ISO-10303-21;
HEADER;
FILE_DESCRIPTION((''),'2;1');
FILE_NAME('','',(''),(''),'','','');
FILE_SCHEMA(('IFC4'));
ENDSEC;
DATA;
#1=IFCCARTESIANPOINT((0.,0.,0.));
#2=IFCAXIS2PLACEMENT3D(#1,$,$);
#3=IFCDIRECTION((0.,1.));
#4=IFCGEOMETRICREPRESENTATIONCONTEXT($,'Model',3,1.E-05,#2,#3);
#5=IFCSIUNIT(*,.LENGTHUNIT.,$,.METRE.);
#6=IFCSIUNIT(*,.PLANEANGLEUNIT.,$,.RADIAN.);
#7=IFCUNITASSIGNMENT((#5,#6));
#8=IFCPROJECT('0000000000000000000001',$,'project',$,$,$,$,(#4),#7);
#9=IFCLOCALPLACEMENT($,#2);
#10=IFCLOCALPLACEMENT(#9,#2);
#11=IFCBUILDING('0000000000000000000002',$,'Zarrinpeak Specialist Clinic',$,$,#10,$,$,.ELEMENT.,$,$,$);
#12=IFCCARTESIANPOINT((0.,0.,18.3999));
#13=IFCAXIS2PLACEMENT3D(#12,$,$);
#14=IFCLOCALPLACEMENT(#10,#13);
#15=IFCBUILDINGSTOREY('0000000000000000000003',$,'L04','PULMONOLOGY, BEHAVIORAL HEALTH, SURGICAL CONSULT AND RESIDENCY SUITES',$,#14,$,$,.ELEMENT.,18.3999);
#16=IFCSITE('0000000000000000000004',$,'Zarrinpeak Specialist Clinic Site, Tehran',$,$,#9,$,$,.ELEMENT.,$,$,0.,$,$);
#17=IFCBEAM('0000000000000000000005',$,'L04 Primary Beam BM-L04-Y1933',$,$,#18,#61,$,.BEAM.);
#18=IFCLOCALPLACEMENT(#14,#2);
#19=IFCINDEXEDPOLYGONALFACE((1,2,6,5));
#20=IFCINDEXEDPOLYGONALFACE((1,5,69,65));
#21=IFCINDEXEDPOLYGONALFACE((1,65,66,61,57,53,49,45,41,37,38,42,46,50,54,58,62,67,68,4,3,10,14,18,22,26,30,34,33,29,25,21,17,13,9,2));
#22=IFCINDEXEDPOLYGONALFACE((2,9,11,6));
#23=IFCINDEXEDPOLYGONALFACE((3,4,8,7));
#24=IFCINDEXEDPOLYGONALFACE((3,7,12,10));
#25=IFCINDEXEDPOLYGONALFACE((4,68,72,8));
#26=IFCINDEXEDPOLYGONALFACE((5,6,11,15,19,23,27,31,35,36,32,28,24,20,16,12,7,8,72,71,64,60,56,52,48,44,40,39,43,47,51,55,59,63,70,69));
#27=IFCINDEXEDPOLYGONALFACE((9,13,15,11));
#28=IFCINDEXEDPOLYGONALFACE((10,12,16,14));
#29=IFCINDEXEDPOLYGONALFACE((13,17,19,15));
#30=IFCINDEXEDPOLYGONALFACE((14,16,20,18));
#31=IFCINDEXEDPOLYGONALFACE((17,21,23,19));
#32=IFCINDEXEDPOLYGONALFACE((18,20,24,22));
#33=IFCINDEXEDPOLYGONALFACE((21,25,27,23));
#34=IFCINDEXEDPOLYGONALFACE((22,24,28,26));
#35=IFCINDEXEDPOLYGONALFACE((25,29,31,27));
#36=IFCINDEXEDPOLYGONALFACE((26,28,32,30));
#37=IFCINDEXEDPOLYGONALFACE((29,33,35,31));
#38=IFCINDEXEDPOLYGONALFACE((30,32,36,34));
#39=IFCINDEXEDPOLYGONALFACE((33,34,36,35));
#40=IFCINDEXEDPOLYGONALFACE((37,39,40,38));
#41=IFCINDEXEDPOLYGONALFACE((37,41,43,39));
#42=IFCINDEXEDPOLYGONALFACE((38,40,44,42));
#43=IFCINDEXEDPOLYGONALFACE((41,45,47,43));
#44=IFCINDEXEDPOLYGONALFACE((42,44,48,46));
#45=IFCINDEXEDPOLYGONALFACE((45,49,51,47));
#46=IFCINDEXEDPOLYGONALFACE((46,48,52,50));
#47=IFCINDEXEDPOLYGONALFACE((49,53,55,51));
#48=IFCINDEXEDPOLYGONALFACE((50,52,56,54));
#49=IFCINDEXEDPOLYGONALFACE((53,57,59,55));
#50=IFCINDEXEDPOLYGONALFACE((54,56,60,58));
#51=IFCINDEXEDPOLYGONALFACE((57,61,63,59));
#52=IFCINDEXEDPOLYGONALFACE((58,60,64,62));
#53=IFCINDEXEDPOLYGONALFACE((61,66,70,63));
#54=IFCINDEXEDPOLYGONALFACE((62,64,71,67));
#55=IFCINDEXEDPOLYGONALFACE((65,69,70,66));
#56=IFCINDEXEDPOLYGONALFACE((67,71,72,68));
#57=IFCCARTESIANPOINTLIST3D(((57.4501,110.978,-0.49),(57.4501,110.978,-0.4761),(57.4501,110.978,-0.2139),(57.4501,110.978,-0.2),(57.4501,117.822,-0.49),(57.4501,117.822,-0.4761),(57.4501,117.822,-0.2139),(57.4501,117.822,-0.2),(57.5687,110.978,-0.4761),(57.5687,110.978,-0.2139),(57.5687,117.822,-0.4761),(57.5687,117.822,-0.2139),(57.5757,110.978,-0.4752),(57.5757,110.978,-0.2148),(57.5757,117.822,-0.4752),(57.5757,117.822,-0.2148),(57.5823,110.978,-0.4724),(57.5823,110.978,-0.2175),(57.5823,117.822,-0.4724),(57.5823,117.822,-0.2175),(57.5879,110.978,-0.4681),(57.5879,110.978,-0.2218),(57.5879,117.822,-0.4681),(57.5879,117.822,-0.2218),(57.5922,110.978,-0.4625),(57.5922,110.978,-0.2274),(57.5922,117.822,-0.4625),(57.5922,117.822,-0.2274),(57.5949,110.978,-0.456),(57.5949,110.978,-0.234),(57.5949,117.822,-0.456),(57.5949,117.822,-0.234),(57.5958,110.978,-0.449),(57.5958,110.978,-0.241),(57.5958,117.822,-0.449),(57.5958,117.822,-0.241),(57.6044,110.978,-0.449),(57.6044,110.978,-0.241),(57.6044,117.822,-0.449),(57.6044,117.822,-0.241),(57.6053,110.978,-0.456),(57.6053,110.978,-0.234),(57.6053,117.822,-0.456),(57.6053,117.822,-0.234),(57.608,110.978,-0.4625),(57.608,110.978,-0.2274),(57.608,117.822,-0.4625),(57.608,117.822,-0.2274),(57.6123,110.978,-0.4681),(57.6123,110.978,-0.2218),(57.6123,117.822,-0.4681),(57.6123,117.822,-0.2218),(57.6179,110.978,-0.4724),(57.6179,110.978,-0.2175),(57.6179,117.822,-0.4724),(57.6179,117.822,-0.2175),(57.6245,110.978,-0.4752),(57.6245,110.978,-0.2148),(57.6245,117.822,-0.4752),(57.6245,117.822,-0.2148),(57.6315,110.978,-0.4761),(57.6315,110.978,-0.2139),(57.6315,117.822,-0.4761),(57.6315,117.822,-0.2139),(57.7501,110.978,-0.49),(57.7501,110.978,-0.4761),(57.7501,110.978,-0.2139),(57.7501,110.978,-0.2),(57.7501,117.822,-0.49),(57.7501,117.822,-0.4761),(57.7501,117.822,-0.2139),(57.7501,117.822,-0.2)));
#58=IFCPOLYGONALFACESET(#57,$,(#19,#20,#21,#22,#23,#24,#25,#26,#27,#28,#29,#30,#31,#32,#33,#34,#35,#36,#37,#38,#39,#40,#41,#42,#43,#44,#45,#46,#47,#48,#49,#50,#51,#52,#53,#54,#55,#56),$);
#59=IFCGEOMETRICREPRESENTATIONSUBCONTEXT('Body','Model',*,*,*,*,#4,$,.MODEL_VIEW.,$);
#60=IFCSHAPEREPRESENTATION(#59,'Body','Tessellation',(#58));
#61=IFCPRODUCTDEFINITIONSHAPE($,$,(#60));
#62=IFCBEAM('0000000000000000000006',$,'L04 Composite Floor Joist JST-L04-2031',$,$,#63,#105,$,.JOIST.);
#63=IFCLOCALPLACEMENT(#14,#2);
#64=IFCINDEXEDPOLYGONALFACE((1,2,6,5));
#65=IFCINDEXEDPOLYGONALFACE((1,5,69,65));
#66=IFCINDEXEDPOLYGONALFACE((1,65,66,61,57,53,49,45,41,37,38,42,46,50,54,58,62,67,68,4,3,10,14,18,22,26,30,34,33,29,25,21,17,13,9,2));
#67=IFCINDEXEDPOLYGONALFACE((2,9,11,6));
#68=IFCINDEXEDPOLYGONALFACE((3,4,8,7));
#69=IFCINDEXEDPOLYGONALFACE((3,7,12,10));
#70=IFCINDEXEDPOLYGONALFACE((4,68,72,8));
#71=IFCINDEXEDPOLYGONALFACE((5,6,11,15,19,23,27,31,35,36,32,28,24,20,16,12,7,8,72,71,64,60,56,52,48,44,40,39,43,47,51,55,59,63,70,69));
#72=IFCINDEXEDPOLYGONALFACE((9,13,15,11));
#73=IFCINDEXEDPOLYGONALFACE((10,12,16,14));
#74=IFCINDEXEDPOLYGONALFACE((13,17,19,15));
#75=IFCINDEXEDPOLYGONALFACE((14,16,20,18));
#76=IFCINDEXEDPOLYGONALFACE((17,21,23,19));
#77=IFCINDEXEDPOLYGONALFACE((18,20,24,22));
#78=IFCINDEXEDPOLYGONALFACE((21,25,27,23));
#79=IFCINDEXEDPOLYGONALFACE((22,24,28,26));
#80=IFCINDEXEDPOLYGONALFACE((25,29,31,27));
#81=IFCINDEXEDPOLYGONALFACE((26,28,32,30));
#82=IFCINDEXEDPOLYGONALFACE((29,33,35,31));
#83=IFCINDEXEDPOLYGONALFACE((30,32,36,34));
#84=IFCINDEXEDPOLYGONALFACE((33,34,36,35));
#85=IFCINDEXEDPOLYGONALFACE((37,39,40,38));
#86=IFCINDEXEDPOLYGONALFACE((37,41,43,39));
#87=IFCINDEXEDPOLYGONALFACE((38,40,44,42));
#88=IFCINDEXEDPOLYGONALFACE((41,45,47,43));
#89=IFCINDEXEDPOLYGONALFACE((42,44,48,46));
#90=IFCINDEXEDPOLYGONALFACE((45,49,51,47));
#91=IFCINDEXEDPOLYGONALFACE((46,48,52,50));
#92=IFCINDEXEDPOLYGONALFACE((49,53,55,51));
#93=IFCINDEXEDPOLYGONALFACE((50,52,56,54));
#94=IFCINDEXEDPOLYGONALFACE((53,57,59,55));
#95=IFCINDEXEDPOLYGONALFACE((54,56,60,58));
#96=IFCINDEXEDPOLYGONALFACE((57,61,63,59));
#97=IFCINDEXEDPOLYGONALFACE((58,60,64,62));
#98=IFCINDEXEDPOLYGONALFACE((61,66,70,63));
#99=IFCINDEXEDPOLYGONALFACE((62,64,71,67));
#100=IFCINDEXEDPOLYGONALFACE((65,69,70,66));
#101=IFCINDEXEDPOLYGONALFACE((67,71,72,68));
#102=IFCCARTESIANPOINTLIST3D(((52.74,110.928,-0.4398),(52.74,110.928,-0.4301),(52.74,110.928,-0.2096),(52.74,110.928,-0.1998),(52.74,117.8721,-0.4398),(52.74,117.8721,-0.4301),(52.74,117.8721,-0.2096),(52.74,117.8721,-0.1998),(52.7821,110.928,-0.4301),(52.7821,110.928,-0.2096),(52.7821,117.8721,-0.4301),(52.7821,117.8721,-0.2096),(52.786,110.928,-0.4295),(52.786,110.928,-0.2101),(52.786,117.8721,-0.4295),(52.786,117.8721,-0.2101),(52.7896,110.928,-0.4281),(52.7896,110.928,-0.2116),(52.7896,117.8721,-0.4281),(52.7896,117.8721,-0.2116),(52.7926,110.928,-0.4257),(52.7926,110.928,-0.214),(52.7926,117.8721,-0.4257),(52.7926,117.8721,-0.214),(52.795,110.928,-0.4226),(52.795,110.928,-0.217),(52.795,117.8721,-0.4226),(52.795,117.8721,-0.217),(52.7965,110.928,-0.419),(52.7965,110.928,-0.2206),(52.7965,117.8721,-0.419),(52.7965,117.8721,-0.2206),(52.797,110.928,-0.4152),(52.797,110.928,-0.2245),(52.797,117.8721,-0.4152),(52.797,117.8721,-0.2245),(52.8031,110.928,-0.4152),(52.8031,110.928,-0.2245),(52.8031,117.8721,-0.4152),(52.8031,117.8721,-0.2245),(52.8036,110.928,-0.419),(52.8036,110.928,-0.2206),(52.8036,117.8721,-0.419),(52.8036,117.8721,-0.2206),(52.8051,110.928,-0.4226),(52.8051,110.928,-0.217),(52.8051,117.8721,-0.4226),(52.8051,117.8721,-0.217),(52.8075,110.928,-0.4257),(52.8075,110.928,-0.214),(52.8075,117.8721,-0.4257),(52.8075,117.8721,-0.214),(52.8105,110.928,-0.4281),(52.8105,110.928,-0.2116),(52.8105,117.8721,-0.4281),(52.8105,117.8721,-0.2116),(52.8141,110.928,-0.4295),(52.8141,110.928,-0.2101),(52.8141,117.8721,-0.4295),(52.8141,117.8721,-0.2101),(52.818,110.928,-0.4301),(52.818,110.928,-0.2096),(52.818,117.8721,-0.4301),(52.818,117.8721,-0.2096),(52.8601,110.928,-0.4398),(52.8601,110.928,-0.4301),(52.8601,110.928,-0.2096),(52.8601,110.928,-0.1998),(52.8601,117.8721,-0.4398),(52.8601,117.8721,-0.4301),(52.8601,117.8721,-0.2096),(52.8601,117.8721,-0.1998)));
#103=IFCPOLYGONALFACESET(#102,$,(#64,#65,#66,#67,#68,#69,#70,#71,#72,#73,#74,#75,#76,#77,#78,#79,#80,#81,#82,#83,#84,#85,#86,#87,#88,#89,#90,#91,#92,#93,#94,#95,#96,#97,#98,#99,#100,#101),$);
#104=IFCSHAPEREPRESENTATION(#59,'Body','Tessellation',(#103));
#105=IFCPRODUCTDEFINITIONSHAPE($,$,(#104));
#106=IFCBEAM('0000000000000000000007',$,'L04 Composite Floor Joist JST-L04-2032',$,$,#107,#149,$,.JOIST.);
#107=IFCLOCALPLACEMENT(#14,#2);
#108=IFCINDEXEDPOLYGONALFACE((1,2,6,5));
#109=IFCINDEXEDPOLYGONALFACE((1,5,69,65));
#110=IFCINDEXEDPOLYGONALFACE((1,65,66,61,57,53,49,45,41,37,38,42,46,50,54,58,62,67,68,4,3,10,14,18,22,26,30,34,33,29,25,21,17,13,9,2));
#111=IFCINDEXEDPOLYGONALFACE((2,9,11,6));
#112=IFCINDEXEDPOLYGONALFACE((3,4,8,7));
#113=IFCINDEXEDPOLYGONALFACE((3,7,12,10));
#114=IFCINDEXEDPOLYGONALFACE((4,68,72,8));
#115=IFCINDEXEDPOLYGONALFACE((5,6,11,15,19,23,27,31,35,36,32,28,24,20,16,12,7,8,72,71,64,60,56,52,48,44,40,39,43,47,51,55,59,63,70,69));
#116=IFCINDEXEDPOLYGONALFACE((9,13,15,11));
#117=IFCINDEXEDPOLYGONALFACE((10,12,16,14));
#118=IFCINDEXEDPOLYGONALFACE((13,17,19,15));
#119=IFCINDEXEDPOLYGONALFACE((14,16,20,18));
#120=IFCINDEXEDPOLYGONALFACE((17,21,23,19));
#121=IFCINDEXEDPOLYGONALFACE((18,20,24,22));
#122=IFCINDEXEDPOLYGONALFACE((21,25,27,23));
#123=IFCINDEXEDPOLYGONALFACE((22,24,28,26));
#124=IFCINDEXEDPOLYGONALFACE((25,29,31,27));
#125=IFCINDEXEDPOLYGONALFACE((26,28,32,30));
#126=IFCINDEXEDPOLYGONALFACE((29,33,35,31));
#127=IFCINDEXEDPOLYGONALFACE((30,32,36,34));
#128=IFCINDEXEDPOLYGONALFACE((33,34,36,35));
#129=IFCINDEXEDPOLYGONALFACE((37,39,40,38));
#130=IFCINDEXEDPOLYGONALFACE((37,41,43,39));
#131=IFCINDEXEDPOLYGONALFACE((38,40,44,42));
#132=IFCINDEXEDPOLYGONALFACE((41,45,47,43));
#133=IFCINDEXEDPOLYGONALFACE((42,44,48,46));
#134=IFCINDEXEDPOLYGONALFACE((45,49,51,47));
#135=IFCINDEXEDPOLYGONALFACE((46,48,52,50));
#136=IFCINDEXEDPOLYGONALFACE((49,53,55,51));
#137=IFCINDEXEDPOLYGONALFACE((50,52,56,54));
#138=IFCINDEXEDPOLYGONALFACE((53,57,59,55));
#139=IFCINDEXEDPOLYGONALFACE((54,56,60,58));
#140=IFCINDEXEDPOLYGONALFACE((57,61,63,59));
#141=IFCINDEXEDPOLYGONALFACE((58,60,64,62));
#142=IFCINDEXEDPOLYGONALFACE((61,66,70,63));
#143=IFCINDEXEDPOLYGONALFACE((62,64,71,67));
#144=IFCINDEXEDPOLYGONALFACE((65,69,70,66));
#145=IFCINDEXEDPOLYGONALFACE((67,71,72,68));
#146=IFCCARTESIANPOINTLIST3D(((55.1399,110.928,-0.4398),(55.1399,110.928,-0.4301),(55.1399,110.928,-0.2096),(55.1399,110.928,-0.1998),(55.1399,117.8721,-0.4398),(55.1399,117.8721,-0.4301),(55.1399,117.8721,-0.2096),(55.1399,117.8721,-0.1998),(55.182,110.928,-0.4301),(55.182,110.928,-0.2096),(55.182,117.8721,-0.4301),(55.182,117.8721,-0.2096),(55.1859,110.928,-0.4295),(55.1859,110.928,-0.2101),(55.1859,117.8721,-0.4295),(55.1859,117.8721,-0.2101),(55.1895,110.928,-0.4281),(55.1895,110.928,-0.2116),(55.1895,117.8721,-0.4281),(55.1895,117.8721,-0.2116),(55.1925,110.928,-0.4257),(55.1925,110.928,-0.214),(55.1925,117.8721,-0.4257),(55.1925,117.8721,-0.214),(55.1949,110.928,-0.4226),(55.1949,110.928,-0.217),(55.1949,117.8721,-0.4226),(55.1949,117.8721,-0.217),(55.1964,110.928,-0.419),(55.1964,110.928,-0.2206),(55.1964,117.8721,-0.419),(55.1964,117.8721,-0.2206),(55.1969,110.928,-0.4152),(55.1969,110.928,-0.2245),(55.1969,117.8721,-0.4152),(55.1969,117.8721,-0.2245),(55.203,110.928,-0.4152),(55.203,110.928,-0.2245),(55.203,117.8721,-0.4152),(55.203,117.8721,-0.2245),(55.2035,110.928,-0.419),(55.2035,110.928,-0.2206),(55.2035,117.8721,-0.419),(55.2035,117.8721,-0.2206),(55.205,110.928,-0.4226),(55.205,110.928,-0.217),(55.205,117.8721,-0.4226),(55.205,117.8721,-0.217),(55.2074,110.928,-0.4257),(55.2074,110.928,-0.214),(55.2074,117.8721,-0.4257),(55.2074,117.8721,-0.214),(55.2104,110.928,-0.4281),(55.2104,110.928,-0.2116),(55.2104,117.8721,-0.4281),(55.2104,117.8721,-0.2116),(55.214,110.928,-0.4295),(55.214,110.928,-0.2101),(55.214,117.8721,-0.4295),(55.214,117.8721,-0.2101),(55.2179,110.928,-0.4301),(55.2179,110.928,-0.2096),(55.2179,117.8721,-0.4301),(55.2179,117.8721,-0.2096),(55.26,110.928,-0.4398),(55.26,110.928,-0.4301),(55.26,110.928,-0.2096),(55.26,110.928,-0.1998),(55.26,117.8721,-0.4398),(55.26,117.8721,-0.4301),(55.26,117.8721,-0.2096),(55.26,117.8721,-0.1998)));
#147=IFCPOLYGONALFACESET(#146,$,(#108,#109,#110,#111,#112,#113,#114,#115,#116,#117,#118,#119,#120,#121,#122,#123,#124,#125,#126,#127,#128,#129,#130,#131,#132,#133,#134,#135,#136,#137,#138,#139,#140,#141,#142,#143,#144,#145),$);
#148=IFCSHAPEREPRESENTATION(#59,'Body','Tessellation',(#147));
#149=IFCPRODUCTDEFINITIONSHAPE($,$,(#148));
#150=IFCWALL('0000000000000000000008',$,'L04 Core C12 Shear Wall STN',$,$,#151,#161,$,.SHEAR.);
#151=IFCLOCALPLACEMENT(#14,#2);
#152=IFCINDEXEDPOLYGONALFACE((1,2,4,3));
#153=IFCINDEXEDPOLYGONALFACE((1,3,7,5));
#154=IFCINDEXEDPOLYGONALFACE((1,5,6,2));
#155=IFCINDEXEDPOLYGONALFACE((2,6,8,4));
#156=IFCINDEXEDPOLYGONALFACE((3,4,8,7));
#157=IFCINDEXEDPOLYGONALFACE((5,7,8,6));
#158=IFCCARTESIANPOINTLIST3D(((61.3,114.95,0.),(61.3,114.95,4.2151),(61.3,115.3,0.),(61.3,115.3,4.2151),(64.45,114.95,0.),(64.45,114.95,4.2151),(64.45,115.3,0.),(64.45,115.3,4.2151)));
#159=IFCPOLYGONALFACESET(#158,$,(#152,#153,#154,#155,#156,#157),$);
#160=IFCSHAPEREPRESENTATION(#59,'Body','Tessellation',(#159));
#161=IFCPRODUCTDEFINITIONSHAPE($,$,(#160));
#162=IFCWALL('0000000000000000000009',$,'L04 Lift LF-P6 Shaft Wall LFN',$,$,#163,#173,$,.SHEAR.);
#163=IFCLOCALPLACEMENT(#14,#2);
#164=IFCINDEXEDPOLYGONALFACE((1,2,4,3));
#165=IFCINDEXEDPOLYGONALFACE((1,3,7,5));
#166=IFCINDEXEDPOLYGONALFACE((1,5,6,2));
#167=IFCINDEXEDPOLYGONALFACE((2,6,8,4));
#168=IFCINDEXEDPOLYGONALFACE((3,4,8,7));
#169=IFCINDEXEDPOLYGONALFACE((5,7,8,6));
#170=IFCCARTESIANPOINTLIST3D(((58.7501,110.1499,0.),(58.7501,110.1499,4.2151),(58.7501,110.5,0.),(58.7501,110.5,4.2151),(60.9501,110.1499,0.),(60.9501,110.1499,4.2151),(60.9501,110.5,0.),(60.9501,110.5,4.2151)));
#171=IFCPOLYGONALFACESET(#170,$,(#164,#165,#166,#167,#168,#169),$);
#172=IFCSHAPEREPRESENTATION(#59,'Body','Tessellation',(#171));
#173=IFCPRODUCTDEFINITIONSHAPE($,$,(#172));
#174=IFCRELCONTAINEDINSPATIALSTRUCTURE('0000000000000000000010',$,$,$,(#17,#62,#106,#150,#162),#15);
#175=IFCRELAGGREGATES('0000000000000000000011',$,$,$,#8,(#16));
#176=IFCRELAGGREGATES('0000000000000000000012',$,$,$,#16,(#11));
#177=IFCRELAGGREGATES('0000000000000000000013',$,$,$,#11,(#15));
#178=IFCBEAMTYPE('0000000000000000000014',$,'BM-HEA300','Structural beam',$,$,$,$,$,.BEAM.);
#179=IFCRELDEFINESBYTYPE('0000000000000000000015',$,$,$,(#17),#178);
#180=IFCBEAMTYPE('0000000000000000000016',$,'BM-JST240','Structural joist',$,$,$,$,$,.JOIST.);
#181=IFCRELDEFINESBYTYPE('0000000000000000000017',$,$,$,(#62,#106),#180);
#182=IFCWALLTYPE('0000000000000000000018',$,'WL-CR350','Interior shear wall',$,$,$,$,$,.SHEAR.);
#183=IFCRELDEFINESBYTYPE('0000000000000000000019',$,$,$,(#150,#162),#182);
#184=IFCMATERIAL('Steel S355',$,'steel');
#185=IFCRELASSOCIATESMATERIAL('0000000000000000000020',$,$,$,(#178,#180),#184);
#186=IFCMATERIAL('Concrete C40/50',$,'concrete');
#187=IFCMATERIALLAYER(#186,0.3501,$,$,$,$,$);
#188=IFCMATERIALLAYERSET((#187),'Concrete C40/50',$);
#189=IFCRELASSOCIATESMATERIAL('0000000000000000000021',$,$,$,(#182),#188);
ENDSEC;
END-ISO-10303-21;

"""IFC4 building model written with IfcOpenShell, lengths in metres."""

from ifc_helpers import new_model, si_unit, direction, frame, frame_2d, origin, origin_2d, place, context, subcontext, project, spatial, rectangle, i_section, extrude, material, layer, layer_set, material_profile, profile_set, type_object, element, save


model = new_model("IFC4")

# Units and contexts
model_context = context("Model", 3, precision=1e-05, world=origin(), true_north=direction((0.0, 1.0)))
body_context = subcontext(model_context, "Body", "Model", "MODEL_VIEW")
ifc_project = project(units=[si_unit("LENGTHUNIT", "METRE"), si_unit("PLANEANGLEUNIT", "RADIAN")], contexts=[model_context])

# Site, building, storey
site_placement = place(None, origin())
site = spatial("IfcSite", under=ifc_project, at=site_placement, Name="Zarrinpeak Specialist Clinic Site, Tehran", CompositionType="ELEMENT", RefElevation=0.0)
building_placement = place(site_placement, origin())
building = spatial("IfcBuilding", under=site, at=building_placement, Name="Zarrinpeak Specialist Clinic", CompositionType="ELEMENT")
storey_placement = place(building_placement, frame((0.0, 0.0, 18.3999)))
storey = spatial("IfcBuildingStorey", under=building, at=storey_placement, Name="L04", Description="PULMONOLOGY, BEHAVIORAL HEALTH, SURGICAL CONSULT AND RESIDENCY SUITES", CompositionType="ELEMENT", Elevation=18.3999)

# Shared definitions
ifc_material_1 = material(Name="Steel S355", Category="steel")

# Beams
ifc_material_profile_1 = material_profile(ifc_material_1, i_section(OverallWidth=0.3, OverallDepth=0.29, WebThickness=0.0085, FlangeThickness=0.0139, FilletRadius=0.0271, at=origin_2d()), Name="HEA 300")
ifc_profile_set_1 = profile_set([ifc_material_profile_1], Name="Steel S355")
beam_type_1 = type_object("IfcBeamType", Name="BM-HEA300", Description="Structural beam", PredefinedType="BEAM", material=ifc_profile_set_1)
beam_1_placement = place(storey_placement, frame((57.6001, 110.978, -0.345), z_axis=(0.0, 1.0, 0.0), x_axis=(-1.0, 0.0, 0.0)))
element("IfcBeam", 1, at=beam_1_placement, inside=storey, type_object=beam_type_1, Name="L04 Primary Beam BM-L04-Y1933", PredefinedType="BEAM", context=body_context, shape_type="SweptSolid", body=[
    extrude(i_section(OverallWidth=0.3, OverallDepth=0.29, WebThickness=0.0085, FlangeThickness=0.0139, FilletRadius=0.0271, at=origin_2d()), origin(), (0.0, 0.0, 1.0), 6.844),
])
ifc_material_profile_2 = material_profile(ifc_material_1, i_section(OverallWidth=0.1201, OverallDepth=0.24, WebThickness=0.0061, FlangeThickness=0.0098, FilletRadius=0.0149, at=origin_2d()), Name="IPE 240")
ifc_profile_set_2 = profile_set([ifc_material_profile_2], Name="Steel S355")
beam_type_2 = type_object("IfcBeamType", Name="BM-JST240", Description="Structural joist", PredefinedType="JOIST", material=ifc_profile_set_2)
for number, where, z_axis, x_axis, name in (
    (2, (52.8, 110.928, -0.3198), (0.0, 1.0, 0.0), (-1.0, 0.0, 0.0), "L04 Composite Floor Joist JST-L04-2031"),
    (3, (55.2, 110.928, -0.3198), (0.0, 1.0, 0.0), (-1.0, 0.0, 0.0), "L04 Composite Floor Joist JST-L04-2032"),
):
    element("IfcBeam", number, at=place(storey_placement, frame(where, z_axis=z_axis, x_axis=x_axis)), inside=storey, type_object=beam_type_2, Name=name, PredefinedType="JOIST", context=body_context, shape_type="SweptSolid", body=[
        extrude(i_section(OverallWidth=0.1201, OverallDepth=0.24, WebThickness=0.0061, FlangeThickness=0.0098, FilletRadius=0.0149, at=origin_2d()), origin(), (0.0, 0.0, 1.0), 6.9441),
    ])

# Shared definitions
ifc_material_2 = material(Name="Concrete C40/50", Category="concrete")
ifc_layer_1 = layer(ifc_material_2, 0.3501)
ifc_layer_set_1 = layer_set([ifc_layer_1], Name="Concrete C40/50")
wall_type_1 = type_object("IfcWallType", Name="WL-CR350", Description="Interior shear wall", PredefinedType="SHEAR", material=ifc_layer_set_1)

# Walls
wall_1_placement = place(storey_placement, frame((61.3, 115.125, 0.0), z_axis=(0.0, 0.0, 1.0), x_axis=(1.0, 0.0, 0.0)))
element("IfcWall", 4, at=wall_1_placement, inside=storey, type_object=wall_type_1, Name="L04 Core C12 Shear Wall STN", PredefinedType="SHEAR", context=body_context, shape_type="SweptSolid", body=[
    extrude(rectangle(XDim=3.1499, YDim=0.3501, at=frame_2d((1.575, 0.0))), origin(), (0.0, 0.0, 1.0), 4.2151),
])
wall_2_placement = place(storey_placement, frame((58.75, 110.325, 0.0), z_axis=(0.0, 0.0, 1.0), x_axis=(1.0, 0.0, 0.0)))
element("IfcWall", 5, at=wall_2_placement, inside=storey, type_object=wall_type_1, Name="L04 Lift LF-P6 Shaft Wall LFN", PredefinedType="SHEAR", context=body_context, shape_type="SweptSolid", body=[
    extrude(rectangle(XDim=2.2, YDim=0.3501, at=frame_2d((1.1001, 0.0))), origin(), (0.0, 0.0, 1.0), 4.2151),
])

save(model, "model.ifc")
